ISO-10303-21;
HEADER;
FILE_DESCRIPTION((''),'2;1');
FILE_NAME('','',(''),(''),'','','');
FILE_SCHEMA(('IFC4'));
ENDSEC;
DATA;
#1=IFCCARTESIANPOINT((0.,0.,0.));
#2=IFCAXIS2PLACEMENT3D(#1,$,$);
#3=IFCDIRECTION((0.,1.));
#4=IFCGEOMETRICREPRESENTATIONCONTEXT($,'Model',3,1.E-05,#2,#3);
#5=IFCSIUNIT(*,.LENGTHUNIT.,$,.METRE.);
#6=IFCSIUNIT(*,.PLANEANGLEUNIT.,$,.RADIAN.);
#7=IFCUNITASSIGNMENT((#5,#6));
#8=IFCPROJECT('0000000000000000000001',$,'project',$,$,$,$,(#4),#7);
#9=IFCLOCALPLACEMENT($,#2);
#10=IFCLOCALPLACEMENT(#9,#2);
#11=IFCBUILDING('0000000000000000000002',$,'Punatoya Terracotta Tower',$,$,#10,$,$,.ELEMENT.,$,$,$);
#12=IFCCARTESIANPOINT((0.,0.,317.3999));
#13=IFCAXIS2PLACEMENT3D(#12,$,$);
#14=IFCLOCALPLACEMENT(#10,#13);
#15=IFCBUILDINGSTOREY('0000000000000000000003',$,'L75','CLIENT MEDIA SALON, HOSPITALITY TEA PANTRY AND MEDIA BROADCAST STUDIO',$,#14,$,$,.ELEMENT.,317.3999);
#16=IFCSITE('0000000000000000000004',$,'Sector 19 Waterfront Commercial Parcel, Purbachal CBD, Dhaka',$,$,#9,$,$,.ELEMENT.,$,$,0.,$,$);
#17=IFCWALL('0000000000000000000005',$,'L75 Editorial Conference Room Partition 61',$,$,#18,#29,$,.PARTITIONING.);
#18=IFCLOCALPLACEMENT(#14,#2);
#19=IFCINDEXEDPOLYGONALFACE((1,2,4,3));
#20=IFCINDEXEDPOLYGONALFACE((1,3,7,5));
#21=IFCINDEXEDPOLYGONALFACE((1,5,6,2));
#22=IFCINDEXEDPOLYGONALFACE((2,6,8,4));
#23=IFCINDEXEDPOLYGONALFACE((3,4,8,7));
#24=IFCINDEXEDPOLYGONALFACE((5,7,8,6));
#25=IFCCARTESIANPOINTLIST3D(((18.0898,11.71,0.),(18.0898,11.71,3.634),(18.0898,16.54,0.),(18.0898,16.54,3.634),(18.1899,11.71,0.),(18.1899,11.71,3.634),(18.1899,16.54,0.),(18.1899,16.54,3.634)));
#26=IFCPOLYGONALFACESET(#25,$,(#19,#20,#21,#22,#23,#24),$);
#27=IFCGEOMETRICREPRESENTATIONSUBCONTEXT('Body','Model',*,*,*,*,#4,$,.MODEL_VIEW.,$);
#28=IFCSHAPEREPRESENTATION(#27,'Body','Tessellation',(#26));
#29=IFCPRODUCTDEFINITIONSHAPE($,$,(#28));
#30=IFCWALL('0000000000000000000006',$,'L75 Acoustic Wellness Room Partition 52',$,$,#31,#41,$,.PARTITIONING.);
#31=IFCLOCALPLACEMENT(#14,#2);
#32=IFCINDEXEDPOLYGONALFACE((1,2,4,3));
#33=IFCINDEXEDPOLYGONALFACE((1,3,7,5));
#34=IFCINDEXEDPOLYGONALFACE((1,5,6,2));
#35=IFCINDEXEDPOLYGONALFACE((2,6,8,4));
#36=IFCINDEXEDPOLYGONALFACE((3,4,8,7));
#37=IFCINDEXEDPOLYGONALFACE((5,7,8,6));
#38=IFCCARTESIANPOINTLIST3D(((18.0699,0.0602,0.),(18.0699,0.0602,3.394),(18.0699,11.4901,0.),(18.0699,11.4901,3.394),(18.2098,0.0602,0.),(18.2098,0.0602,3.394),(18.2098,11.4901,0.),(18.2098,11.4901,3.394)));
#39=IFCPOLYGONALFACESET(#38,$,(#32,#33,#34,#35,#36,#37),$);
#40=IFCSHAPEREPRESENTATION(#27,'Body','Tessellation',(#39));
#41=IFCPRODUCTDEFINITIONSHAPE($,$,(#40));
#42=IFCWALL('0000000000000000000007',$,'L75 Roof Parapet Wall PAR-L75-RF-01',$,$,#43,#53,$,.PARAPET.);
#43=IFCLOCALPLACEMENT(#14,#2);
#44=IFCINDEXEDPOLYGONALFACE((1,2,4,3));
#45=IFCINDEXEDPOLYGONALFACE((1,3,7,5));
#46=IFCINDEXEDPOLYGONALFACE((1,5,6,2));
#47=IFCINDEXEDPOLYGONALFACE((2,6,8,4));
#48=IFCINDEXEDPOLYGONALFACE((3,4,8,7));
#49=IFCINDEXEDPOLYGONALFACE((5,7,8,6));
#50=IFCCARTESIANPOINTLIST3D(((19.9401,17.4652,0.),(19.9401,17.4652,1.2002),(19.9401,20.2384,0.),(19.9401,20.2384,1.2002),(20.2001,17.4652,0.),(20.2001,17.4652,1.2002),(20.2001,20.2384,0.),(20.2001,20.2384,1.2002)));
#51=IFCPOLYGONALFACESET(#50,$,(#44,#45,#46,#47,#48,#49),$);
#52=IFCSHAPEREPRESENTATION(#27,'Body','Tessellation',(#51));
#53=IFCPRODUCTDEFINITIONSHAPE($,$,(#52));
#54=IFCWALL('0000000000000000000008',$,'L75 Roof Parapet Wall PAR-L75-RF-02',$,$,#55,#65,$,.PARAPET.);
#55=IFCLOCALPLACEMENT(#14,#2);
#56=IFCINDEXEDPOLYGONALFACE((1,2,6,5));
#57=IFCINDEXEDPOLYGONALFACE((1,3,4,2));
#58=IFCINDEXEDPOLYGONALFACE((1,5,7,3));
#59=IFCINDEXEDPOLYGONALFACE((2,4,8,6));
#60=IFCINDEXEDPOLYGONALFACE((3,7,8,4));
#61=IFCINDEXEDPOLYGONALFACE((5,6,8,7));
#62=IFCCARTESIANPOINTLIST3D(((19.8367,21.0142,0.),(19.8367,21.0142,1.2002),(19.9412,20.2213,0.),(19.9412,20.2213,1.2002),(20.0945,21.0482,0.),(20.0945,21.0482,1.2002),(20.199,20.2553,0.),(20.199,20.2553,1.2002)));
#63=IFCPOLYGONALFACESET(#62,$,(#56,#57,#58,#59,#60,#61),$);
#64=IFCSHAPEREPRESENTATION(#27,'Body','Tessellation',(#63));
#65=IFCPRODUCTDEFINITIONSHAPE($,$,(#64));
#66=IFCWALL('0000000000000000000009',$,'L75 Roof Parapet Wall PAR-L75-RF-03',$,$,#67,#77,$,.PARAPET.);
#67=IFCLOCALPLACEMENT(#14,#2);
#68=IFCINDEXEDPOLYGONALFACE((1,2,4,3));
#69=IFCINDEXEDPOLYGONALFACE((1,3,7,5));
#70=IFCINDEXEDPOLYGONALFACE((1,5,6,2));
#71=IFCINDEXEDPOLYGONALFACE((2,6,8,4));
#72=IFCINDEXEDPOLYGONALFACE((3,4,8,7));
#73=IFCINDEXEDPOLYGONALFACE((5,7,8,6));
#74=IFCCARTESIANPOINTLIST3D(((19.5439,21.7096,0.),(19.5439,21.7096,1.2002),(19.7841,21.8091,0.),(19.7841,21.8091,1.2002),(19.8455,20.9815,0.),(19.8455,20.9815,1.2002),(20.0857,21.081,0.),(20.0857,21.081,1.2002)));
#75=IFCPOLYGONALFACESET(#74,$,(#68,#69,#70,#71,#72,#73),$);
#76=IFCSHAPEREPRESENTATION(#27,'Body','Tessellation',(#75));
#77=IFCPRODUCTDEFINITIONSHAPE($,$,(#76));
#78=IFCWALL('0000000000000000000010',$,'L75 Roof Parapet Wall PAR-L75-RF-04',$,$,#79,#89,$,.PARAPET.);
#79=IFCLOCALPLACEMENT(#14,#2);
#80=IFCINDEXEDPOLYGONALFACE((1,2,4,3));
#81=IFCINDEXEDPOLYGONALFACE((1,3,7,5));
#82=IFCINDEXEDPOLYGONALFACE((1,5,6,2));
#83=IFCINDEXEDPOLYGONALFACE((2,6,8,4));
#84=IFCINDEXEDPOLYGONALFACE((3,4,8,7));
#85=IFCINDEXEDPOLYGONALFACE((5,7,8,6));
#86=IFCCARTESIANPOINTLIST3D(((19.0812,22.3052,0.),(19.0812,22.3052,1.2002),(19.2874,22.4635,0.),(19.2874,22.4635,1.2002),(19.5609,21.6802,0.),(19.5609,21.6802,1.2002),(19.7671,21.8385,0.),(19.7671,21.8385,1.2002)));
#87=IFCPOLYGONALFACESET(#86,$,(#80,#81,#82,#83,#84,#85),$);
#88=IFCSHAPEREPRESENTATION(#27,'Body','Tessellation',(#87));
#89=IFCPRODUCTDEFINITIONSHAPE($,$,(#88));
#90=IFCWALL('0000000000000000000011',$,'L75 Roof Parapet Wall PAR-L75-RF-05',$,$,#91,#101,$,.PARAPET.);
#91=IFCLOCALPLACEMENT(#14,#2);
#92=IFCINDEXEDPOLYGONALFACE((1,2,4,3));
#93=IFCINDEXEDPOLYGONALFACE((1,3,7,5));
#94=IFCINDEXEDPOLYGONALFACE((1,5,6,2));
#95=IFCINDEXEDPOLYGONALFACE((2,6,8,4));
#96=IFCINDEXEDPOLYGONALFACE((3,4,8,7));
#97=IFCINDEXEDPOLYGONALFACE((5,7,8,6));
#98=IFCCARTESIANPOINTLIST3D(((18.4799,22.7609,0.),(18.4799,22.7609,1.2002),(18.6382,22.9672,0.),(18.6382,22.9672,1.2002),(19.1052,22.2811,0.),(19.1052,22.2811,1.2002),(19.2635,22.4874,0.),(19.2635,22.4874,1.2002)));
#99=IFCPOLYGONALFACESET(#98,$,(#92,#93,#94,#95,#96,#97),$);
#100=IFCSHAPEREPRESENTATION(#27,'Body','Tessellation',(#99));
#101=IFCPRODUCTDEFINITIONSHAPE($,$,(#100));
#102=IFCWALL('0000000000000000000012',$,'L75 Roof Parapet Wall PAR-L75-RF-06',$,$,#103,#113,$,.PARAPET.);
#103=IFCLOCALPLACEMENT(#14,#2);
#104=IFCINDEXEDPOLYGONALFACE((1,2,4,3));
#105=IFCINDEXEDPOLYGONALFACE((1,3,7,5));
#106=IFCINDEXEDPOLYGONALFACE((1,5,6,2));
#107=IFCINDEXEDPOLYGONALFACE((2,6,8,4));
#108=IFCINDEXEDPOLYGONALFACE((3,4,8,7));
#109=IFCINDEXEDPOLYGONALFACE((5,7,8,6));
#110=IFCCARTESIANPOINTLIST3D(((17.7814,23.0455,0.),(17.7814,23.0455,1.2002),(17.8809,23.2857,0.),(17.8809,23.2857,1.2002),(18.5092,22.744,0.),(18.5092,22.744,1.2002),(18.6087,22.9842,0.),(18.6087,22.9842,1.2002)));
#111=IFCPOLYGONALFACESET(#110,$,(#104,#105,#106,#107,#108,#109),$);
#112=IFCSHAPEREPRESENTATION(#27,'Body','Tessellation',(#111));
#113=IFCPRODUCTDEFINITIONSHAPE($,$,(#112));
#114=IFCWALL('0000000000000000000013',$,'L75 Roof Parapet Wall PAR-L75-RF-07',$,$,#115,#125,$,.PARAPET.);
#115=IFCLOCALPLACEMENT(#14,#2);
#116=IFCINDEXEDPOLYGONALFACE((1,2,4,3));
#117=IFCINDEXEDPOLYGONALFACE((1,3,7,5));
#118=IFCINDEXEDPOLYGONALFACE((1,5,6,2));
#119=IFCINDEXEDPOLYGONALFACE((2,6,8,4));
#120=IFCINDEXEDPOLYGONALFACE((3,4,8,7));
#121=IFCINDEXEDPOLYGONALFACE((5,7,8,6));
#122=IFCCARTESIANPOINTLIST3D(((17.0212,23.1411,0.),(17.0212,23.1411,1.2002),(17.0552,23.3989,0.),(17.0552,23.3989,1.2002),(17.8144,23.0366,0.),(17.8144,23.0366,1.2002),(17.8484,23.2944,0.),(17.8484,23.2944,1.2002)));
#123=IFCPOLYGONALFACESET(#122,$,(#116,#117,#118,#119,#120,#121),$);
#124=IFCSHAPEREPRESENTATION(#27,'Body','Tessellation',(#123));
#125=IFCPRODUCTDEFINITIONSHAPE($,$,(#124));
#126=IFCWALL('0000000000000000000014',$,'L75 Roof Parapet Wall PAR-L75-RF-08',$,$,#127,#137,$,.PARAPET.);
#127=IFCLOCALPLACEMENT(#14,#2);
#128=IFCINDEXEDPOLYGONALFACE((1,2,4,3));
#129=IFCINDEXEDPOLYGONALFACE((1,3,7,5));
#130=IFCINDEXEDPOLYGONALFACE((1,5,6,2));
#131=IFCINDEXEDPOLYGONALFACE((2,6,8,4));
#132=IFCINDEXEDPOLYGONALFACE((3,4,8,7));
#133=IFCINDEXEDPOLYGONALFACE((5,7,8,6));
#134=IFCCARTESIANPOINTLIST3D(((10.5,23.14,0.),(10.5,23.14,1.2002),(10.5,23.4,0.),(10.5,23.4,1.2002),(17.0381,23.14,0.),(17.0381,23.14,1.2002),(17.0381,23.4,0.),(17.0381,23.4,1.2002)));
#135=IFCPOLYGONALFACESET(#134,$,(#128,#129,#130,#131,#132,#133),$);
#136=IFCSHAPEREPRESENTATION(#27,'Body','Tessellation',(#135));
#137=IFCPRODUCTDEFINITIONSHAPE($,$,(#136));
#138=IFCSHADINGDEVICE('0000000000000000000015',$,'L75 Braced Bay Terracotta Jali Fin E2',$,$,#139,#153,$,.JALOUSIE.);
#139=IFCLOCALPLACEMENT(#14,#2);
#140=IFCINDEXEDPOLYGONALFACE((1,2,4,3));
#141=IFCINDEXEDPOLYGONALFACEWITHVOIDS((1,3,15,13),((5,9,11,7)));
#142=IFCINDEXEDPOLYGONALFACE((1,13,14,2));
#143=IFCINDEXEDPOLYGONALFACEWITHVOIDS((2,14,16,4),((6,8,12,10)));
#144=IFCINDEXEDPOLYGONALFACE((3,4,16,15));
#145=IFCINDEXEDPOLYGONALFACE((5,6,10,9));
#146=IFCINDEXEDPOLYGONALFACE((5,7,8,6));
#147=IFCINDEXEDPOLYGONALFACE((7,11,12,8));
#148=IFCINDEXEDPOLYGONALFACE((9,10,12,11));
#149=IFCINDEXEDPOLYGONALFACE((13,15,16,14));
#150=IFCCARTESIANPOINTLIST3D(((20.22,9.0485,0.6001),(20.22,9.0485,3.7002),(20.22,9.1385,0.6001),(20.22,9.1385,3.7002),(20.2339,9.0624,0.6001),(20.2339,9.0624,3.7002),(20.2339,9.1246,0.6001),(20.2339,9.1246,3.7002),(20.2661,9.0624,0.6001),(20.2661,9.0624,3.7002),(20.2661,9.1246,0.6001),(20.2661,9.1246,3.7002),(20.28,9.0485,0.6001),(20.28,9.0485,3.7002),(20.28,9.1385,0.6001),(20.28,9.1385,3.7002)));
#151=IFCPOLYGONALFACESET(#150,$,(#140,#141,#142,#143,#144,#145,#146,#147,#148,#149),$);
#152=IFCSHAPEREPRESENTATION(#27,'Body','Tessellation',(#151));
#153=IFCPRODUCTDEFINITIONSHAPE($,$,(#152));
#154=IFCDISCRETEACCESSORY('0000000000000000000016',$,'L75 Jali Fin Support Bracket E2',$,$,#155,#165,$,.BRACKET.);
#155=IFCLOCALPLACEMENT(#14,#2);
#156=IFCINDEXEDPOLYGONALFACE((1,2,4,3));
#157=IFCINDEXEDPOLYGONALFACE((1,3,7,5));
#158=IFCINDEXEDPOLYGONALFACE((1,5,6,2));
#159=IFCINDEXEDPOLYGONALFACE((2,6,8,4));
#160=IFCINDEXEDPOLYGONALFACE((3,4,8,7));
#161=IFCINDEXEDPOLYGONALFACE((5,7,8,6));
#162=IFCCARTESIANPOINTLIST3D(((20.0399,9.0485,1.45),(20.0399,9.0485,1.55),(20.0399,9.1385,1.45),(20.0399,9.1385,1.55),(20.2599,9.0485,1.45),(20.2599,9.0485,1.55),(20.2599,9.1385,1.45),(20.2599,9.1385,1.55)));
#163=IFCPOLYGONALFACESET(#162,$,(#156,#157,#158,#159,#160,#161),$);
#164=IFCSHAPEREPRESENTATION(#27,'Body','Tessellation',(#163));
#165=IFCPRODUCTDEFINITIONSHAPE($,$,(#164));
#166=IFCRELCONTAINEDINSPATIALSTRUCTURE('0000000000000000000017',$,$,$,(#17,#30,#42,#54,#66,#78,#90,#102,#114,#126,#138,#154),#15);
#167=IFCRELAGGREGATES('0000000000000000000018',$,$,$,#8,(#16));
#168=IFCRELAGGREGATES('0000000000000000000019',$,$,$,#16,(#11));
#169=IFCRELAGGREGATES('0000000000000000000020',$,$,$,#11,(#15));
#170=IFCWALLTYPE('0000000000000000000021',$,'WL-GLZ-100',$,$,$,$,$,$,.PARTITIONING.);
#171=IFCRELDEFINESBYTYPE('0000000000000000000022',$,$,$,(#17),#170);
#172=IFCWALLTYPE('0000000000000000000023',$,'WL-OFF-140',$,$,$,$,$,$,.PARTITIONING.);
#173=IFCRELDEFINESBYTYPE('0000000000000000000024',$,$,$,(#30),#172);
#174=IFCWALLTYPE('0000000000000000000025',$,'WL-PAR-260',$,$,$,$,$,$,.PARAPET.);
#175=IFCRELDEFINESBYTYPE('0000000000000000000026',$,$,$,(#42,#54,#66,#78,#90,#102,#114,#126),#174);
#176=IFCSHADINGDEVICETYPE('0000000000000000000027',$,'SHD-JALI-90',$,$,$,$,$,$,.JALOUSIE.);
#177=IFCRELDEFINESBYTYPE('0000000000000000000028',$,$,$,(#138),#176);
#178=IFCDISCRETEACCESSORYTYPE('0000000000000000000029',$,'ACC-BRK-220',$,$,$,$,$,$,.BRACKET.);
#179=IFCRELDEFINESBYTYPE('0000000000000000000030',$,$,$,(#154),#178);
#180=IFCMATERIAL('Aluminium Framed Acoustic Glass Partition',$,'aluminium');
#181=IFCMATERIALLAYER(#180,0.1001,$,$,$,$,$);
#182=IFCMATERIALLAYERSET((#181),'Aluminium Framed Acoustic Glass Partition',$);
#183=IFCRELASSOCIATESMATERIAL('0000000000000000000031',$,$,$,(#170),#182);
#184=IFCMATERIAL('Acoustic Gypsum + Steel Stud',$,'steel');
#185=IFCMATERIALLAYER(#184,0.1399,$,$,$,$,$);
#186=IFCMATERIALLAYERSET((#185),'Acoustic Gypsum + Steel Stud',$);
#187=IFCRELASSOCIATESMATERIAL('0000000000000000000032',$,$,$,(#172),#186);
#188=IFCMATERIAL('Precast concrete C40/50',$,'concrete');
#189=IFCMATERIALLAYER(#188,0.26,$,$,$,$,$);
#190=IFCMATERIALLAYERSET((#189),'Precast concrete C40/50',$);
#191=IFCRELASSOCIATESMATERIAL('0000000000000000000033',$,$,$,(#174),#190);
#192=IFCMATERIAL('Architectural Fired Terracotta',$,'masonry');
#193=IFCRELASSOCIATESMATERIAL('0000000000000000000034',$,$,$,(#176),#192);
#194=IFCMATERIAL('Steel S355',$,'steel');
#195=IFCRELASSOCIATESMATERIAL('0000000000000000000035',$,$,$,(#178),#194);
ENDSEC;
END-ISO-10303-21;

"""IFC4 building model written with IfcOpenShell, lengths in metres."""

from ifc_helpers import new_model, si_unit, direction, frame, frame_2d, origin, origin_2d, place, context, subcontext, project, spatial, rectangle, hollow_rectangle, extrude, material, layer, layer_set, material_profile, profile_set, type_object, element, save


model = new_model("IFC4")

# Units and contexts
model_context = context("Model", 3, precision=1e-05, world=origin(), true_north=direction((0.0, 1.0)))
body_context = subcontext(model_context, "Body", "Model", "MODEL_VIEW")
ifc_project = project(units=[si_unit("LENGTHUNIT", "METRE"), si_unit("PLANEANGLEUNIT", "RADIAN")], contexts=[model_context])

# Site, building, storey
site_placement = place(None, origin())
site = spatial("IfcSite", under=ifc_project, at=site_placement, Name="Sector 19 Waterfront Commercial Parcel, Purbachal CBD, Dhaka", CompositionType="ELEMENT", RefElevation=0.0)
building_placement = place(site_placement, origin())
building = spatial("IfcBuilding", under=site, at=building_placement, Name="Punatoya Terracotta Tower", CompositionType="ELEMENT")
storey_placement = place(building_placement, frame((0.0, 0.0, 317.3999)))
storey = spatial("IfcBuildingStorey", under=building, at=storey_placement, Name="L75", Description="CLIENT MEDIA SALON, HOSPITALITY TEA PANTRY AND MEDIA BROADCAST STUDIO", CompositionType="ELEMENT", Elevation=317.3999)

# Shared definitions
ifc_material_1 = material(Name="Steel S355", Category="steel")

# Walls
ifc_material_2 = material(Name="Precast concrete C40/50", Category="concrete")
ifc_material_3 = material(Name="Aluminium Framed Acoustic Glass Partition", Category="aluminium")
ifc_layer_1 = layer(ifc_material_3, 0.1001)
ifc_layer_set_1 = layer_set([ifc_layer_1], Name="Aluminium Framed Acoustic Glass Partition")
wall_type_1 = type_object("IfcWallType", Name="WL-GLZ-100", PredefinedType="PARTITIONING", material=ifc_layer_set_1)
wall_1_placement = place(storey_placement, frame((18.1399, 16.54, 0.0), z_axis=(0.0, 0.0, 1.0), x_axis=(0.0, -1.0, 0.0)))
element("IfcWall", 1, at=wall_1_placement, inside=storey, type_object=wall_type_1, Name="L75 Editorial Conference Room Partition 61", PredefinedType="PARTITIONING", context=body_context, shape_type="SweptSolid", body=[
    extrude(rectangle(XDim=4.8301, YDim=0.1001, at=frame_2d((2.415, 0.0))), origin(), (0.0, 0.0, 1.0), 3.634),
])
ifc_material_4 = material(Name="Acoustic Gypsum + Steel Stud", Category="steel")
ifc_layer_2 = layer(ifc_material_4, 0.1399)
ifc_layer_set_2 = layer_set([ifc_layer_2], Name="Acoustic Gypsum + Steel Stud")
wall_type_2 = type_object("IfcWallType", Name="WL-OFF-140", PredefinedType="PARTITIONING", material=ifc_layer_set_2)
wall_2_placement = place(storey_placement, frame((18.1399, 11.49, 0.0), z_axis=(0.0, 0.0, 1.0), x_axis=(0.0, -1.0, 0.0)))
element("IfcWall", 2, at=wall_2_placement, inside=storey, type_object=wall_type_2, Name="L75 Acoustic Wellness Room Partition 52", PredefinedType="PARTITIONING", context=body_context, shape_type="SweptSolid", body=[
    extrude(rectangle(XDim=11.4299, YDim=0.1399, at=frame_2d((5.7148, 0.0))), origin(), (0.0, 0.0, 1.0), 3.394),
])
ifc_layer_3 = layer(ifc_material_2, 0.26)
ifc_layer_set_3 = layer_set([ifc_layer_3], Name="Precast concrete C40/50")
wall_type_3 = type_object("IfcWallType", Name="WL-PAR-260", PredefinedType="PARAPET", material=ifc_layer_set_3)
wall_3_placement = place(storey_placement, frame((20.0701, 17.4651, 0.0), z_axis=(0.0, 0.0, 1.0), x_axis=(0.0, 1.0, 0.0)))
element("IfcWall", 3, at=wall_3_placement, inside=storey, type_object=wall_type_3, Name="L75 Roof Parapet Wall PAR-L75-RF-01", PredefinedType="PARAPET", context=body_context, shape_type="SweptSolid", body=[
    extrude(rectangle(XDim=2.7732, YDim=0.26, at=frame_2d((1.3867, 0.0))), origin(), (0.0, 0.0, 1.0), 1.2002),
])
wall_4_placement = place(storey_placement, frame((20.0701, 20.2383, 0.0), z_axis=(0.0, 0.0, 1.0), x_axis=(-0.130644, 0.991429, 0.0)))
element("IfcWall", 4, at=wall_4_placement, inside=storey, type_object=wall_type_3, Name="L75 Roof Parapet Wall PAR-L75-RF-02", PredefinedType="PARAPET", context=body_context, shape_type="SweptSolid", body=[
    extrude(rectangle(XDim=0.7998, YDim=0.26, at=frame_2d((0.3999, 0.0))), origin(), (0.0, 0.0, 1.0), 1.2002),
])
wall_5_placement = place(storey_placement, frame((19.9656, 21.0312, 0.0), z_axis=(0.0, 0.0, 1.0), x_axis=(-0.382635, 0.9239, 0.0)))
element("IfcWall", 5, at=wall_5_placement, inside=storey, type_object=wall_type_3, Name="L75 Roof Parapet Wall PAR-L75-RF-03", PredefinedType="PARAPET", context=body_context, shape_type="SweptSolid", body=[
    extrude(rectangle(XDim=0.7881, YDim=0.26, at=frame_2d((0.394, 0.0))), origin(), (0.0, 0.0, 1.0), 1.2002),
])
wall_6_placement = place(storey_placement, frame((19.6641, 21.7593, 0.0), z_axis=(0.0, 0.0, 1.0), x_axis=(-0.608887, 0.793257, 0.0)))
element("IfcWall", 6, at=wall_6_placement, inside=storey, type_object=wall_type_3, Name="L75 Roof Parapet Wall PAR-L75-RF-04", PredefinedType="PARAPET", context=body_context, shape_type="SweptSolid", body=[
    extrude(rectangle(XDim=0.7878, YDim=0.26, at=frame_2d((0.394, 0.0))), origin(), (0.0, 0.0, 1.0), 1.2002),
])
wall_7_placement = place(storey_placement, frame((19.1843, 22.3843, 0.0), z_axis=(0.0, 0.0, 1.0), x_axis=(-0.793372, 0.608737, 0.0)))
element("IfcWall", 7, at=wall_7_placement, inside=storey, type_object=wall_type_3, Name="L75 Roof Parapet Wall PAR-L75-RF-05", PredefinedType="PARAPET", context=body_context, shape_type="SweptSolid", body=[
    extrude(rectangle(XDim=0.7881, YDim=0.26, at=frame_2d((0.394, 0.0))), origin(), (0.0, 0.0, 1.0), 1.2002),
])
wall_8_placement = place(storey_placement, frame((18.5591, 22.864, 0.0), z_axis=(0.0, 0.0, 1.0), x_axis=(-0.923854, 0.382744, 0.0)))
element("IfcWall", 8, at=wall_8_placement, inside=storey, type_object=wall_type_3, Name="L75 Roof Parapet Wall PAR-L75-RF-06", PredefinedType="PARAPET", context=body_context, shape_type="SweptSolid", body=[
    extrude(rectangle(XDim=0.7878, YDim=0.26, at=frame_2d((0.394, 0.0))), origin(), (0.0, 0.0, 1.0), 1.2002),
])
wall_9_placement = place(storey_placement, frame((17.8313, 23.1655, 0.0), z_axis=(0.0, 0.0, 1.0), x_axis=(-0.991435, 0.130604, 0.0)))
element("IfcWall", 9, at=wall_9_placement, inside=storey, type_object=wall_type_3, Name="L75 Roof Parapet Wall PAR-L75-RF-07", PredefinedType="PARAPET", context=body_context, shape_type="SweptSolid", body=[
    extrude(rectangle(XDim=0.8, YDim=0.26, at=frame_2d((0.3999, 0.0))), origin(), (0.0, 0.0, 1.0), 1.2002),
])
wall_10_placement = place(storey_placement, frame((17.0381, 23.27, 0.0), z_axis=(0.0, 0.0, 1.0), x_axis=(-1.0, 0.0, 0.0)))
element("IfcWall", 10, at=wall_10_placement, inside=storey, type_object=wall_type_3, Name="L75 Roof Parapet Wall PAR-L75-RF-08", PredefinedType="PARAPET", context=body_context, shape_type="SweptSolid", body=[
    extrude(rectangle(XDim=6.5381, YDim=0.26, at=frame_2d((3.269, 0.0))), origin(), (0.0, 0.0, 1.0), 1.2002),
])

# Shading device
ifc_material_5 = material(Name="Architectural Fired Terracotta", Category="masonry")
ifc_material_profile_1 = material_profile(ifc_material_5, hollow_rectangle(XDim=0.0601, YDim=0.0901, WallThickness=0.0139, at=origin_2d()))
ifc_profile_set_1 = profile_set([ifc_material_profile_1], Name="Architectural Fired Terracotta")
shading_device_type = type_object("IfcShadingDeviceType", Name="SHD-JALI-90", PredefinedType="JALOUSIE", material=ifc_profile_set_1)
shading_device_placement = place(storey_placement, frame((20.25, 9.0935, 0.6001), z_axis=(0.0, 0.0, 1.0), x_axis=(1.0, 0.0, 0.0)))
element("IfcShadingDevice", 11, at=shading_device_placement, inside=storey, type_object=shading_device_type, Name="L75 Braced Bay Terracotta Jali Fin E2", PredefinedType="JALOUSIE", context=body_context, shape_type="SweptSolid", body=[
    extrude(hollow_rectangle(XDim=0.0601, YDim=0.0901, WallThickness=0.0139, at=origin_2d()), origin(), (0.0, 0.0, 1.0), 3.1001),
])

# Discrete accessory
discrete_accessory_type = type_object("IfcDiscreteAccessoryType", Name="ACC-BRK-220", PredefinedType="BRACKET", material=ifc_material_1)
discrete_accessory_placement = place(storey_placement, frame((20.1499, 9.0935, 1.45), z_axis=(0.0, 0.0, 1.0), x_axis=(0.0, 1.0, 0.0)))
element("IfcDiscreteAccessory", 12, at=discrete_accessory_placement, inside=storey, type_object=discrete_accessory_type, Name="L75 Jali Fin Support Bracket E2", PredefinedType="BRACKET", context=body_context, shape_type="SweptSolid", body=[
    extrude(rectangle(XDim=0.0901, YDim=0.22, at=origin_2d()), origin(), (0.0, 0.0, 1.0), 0.1001),
])

save(model, "model.ifc")
